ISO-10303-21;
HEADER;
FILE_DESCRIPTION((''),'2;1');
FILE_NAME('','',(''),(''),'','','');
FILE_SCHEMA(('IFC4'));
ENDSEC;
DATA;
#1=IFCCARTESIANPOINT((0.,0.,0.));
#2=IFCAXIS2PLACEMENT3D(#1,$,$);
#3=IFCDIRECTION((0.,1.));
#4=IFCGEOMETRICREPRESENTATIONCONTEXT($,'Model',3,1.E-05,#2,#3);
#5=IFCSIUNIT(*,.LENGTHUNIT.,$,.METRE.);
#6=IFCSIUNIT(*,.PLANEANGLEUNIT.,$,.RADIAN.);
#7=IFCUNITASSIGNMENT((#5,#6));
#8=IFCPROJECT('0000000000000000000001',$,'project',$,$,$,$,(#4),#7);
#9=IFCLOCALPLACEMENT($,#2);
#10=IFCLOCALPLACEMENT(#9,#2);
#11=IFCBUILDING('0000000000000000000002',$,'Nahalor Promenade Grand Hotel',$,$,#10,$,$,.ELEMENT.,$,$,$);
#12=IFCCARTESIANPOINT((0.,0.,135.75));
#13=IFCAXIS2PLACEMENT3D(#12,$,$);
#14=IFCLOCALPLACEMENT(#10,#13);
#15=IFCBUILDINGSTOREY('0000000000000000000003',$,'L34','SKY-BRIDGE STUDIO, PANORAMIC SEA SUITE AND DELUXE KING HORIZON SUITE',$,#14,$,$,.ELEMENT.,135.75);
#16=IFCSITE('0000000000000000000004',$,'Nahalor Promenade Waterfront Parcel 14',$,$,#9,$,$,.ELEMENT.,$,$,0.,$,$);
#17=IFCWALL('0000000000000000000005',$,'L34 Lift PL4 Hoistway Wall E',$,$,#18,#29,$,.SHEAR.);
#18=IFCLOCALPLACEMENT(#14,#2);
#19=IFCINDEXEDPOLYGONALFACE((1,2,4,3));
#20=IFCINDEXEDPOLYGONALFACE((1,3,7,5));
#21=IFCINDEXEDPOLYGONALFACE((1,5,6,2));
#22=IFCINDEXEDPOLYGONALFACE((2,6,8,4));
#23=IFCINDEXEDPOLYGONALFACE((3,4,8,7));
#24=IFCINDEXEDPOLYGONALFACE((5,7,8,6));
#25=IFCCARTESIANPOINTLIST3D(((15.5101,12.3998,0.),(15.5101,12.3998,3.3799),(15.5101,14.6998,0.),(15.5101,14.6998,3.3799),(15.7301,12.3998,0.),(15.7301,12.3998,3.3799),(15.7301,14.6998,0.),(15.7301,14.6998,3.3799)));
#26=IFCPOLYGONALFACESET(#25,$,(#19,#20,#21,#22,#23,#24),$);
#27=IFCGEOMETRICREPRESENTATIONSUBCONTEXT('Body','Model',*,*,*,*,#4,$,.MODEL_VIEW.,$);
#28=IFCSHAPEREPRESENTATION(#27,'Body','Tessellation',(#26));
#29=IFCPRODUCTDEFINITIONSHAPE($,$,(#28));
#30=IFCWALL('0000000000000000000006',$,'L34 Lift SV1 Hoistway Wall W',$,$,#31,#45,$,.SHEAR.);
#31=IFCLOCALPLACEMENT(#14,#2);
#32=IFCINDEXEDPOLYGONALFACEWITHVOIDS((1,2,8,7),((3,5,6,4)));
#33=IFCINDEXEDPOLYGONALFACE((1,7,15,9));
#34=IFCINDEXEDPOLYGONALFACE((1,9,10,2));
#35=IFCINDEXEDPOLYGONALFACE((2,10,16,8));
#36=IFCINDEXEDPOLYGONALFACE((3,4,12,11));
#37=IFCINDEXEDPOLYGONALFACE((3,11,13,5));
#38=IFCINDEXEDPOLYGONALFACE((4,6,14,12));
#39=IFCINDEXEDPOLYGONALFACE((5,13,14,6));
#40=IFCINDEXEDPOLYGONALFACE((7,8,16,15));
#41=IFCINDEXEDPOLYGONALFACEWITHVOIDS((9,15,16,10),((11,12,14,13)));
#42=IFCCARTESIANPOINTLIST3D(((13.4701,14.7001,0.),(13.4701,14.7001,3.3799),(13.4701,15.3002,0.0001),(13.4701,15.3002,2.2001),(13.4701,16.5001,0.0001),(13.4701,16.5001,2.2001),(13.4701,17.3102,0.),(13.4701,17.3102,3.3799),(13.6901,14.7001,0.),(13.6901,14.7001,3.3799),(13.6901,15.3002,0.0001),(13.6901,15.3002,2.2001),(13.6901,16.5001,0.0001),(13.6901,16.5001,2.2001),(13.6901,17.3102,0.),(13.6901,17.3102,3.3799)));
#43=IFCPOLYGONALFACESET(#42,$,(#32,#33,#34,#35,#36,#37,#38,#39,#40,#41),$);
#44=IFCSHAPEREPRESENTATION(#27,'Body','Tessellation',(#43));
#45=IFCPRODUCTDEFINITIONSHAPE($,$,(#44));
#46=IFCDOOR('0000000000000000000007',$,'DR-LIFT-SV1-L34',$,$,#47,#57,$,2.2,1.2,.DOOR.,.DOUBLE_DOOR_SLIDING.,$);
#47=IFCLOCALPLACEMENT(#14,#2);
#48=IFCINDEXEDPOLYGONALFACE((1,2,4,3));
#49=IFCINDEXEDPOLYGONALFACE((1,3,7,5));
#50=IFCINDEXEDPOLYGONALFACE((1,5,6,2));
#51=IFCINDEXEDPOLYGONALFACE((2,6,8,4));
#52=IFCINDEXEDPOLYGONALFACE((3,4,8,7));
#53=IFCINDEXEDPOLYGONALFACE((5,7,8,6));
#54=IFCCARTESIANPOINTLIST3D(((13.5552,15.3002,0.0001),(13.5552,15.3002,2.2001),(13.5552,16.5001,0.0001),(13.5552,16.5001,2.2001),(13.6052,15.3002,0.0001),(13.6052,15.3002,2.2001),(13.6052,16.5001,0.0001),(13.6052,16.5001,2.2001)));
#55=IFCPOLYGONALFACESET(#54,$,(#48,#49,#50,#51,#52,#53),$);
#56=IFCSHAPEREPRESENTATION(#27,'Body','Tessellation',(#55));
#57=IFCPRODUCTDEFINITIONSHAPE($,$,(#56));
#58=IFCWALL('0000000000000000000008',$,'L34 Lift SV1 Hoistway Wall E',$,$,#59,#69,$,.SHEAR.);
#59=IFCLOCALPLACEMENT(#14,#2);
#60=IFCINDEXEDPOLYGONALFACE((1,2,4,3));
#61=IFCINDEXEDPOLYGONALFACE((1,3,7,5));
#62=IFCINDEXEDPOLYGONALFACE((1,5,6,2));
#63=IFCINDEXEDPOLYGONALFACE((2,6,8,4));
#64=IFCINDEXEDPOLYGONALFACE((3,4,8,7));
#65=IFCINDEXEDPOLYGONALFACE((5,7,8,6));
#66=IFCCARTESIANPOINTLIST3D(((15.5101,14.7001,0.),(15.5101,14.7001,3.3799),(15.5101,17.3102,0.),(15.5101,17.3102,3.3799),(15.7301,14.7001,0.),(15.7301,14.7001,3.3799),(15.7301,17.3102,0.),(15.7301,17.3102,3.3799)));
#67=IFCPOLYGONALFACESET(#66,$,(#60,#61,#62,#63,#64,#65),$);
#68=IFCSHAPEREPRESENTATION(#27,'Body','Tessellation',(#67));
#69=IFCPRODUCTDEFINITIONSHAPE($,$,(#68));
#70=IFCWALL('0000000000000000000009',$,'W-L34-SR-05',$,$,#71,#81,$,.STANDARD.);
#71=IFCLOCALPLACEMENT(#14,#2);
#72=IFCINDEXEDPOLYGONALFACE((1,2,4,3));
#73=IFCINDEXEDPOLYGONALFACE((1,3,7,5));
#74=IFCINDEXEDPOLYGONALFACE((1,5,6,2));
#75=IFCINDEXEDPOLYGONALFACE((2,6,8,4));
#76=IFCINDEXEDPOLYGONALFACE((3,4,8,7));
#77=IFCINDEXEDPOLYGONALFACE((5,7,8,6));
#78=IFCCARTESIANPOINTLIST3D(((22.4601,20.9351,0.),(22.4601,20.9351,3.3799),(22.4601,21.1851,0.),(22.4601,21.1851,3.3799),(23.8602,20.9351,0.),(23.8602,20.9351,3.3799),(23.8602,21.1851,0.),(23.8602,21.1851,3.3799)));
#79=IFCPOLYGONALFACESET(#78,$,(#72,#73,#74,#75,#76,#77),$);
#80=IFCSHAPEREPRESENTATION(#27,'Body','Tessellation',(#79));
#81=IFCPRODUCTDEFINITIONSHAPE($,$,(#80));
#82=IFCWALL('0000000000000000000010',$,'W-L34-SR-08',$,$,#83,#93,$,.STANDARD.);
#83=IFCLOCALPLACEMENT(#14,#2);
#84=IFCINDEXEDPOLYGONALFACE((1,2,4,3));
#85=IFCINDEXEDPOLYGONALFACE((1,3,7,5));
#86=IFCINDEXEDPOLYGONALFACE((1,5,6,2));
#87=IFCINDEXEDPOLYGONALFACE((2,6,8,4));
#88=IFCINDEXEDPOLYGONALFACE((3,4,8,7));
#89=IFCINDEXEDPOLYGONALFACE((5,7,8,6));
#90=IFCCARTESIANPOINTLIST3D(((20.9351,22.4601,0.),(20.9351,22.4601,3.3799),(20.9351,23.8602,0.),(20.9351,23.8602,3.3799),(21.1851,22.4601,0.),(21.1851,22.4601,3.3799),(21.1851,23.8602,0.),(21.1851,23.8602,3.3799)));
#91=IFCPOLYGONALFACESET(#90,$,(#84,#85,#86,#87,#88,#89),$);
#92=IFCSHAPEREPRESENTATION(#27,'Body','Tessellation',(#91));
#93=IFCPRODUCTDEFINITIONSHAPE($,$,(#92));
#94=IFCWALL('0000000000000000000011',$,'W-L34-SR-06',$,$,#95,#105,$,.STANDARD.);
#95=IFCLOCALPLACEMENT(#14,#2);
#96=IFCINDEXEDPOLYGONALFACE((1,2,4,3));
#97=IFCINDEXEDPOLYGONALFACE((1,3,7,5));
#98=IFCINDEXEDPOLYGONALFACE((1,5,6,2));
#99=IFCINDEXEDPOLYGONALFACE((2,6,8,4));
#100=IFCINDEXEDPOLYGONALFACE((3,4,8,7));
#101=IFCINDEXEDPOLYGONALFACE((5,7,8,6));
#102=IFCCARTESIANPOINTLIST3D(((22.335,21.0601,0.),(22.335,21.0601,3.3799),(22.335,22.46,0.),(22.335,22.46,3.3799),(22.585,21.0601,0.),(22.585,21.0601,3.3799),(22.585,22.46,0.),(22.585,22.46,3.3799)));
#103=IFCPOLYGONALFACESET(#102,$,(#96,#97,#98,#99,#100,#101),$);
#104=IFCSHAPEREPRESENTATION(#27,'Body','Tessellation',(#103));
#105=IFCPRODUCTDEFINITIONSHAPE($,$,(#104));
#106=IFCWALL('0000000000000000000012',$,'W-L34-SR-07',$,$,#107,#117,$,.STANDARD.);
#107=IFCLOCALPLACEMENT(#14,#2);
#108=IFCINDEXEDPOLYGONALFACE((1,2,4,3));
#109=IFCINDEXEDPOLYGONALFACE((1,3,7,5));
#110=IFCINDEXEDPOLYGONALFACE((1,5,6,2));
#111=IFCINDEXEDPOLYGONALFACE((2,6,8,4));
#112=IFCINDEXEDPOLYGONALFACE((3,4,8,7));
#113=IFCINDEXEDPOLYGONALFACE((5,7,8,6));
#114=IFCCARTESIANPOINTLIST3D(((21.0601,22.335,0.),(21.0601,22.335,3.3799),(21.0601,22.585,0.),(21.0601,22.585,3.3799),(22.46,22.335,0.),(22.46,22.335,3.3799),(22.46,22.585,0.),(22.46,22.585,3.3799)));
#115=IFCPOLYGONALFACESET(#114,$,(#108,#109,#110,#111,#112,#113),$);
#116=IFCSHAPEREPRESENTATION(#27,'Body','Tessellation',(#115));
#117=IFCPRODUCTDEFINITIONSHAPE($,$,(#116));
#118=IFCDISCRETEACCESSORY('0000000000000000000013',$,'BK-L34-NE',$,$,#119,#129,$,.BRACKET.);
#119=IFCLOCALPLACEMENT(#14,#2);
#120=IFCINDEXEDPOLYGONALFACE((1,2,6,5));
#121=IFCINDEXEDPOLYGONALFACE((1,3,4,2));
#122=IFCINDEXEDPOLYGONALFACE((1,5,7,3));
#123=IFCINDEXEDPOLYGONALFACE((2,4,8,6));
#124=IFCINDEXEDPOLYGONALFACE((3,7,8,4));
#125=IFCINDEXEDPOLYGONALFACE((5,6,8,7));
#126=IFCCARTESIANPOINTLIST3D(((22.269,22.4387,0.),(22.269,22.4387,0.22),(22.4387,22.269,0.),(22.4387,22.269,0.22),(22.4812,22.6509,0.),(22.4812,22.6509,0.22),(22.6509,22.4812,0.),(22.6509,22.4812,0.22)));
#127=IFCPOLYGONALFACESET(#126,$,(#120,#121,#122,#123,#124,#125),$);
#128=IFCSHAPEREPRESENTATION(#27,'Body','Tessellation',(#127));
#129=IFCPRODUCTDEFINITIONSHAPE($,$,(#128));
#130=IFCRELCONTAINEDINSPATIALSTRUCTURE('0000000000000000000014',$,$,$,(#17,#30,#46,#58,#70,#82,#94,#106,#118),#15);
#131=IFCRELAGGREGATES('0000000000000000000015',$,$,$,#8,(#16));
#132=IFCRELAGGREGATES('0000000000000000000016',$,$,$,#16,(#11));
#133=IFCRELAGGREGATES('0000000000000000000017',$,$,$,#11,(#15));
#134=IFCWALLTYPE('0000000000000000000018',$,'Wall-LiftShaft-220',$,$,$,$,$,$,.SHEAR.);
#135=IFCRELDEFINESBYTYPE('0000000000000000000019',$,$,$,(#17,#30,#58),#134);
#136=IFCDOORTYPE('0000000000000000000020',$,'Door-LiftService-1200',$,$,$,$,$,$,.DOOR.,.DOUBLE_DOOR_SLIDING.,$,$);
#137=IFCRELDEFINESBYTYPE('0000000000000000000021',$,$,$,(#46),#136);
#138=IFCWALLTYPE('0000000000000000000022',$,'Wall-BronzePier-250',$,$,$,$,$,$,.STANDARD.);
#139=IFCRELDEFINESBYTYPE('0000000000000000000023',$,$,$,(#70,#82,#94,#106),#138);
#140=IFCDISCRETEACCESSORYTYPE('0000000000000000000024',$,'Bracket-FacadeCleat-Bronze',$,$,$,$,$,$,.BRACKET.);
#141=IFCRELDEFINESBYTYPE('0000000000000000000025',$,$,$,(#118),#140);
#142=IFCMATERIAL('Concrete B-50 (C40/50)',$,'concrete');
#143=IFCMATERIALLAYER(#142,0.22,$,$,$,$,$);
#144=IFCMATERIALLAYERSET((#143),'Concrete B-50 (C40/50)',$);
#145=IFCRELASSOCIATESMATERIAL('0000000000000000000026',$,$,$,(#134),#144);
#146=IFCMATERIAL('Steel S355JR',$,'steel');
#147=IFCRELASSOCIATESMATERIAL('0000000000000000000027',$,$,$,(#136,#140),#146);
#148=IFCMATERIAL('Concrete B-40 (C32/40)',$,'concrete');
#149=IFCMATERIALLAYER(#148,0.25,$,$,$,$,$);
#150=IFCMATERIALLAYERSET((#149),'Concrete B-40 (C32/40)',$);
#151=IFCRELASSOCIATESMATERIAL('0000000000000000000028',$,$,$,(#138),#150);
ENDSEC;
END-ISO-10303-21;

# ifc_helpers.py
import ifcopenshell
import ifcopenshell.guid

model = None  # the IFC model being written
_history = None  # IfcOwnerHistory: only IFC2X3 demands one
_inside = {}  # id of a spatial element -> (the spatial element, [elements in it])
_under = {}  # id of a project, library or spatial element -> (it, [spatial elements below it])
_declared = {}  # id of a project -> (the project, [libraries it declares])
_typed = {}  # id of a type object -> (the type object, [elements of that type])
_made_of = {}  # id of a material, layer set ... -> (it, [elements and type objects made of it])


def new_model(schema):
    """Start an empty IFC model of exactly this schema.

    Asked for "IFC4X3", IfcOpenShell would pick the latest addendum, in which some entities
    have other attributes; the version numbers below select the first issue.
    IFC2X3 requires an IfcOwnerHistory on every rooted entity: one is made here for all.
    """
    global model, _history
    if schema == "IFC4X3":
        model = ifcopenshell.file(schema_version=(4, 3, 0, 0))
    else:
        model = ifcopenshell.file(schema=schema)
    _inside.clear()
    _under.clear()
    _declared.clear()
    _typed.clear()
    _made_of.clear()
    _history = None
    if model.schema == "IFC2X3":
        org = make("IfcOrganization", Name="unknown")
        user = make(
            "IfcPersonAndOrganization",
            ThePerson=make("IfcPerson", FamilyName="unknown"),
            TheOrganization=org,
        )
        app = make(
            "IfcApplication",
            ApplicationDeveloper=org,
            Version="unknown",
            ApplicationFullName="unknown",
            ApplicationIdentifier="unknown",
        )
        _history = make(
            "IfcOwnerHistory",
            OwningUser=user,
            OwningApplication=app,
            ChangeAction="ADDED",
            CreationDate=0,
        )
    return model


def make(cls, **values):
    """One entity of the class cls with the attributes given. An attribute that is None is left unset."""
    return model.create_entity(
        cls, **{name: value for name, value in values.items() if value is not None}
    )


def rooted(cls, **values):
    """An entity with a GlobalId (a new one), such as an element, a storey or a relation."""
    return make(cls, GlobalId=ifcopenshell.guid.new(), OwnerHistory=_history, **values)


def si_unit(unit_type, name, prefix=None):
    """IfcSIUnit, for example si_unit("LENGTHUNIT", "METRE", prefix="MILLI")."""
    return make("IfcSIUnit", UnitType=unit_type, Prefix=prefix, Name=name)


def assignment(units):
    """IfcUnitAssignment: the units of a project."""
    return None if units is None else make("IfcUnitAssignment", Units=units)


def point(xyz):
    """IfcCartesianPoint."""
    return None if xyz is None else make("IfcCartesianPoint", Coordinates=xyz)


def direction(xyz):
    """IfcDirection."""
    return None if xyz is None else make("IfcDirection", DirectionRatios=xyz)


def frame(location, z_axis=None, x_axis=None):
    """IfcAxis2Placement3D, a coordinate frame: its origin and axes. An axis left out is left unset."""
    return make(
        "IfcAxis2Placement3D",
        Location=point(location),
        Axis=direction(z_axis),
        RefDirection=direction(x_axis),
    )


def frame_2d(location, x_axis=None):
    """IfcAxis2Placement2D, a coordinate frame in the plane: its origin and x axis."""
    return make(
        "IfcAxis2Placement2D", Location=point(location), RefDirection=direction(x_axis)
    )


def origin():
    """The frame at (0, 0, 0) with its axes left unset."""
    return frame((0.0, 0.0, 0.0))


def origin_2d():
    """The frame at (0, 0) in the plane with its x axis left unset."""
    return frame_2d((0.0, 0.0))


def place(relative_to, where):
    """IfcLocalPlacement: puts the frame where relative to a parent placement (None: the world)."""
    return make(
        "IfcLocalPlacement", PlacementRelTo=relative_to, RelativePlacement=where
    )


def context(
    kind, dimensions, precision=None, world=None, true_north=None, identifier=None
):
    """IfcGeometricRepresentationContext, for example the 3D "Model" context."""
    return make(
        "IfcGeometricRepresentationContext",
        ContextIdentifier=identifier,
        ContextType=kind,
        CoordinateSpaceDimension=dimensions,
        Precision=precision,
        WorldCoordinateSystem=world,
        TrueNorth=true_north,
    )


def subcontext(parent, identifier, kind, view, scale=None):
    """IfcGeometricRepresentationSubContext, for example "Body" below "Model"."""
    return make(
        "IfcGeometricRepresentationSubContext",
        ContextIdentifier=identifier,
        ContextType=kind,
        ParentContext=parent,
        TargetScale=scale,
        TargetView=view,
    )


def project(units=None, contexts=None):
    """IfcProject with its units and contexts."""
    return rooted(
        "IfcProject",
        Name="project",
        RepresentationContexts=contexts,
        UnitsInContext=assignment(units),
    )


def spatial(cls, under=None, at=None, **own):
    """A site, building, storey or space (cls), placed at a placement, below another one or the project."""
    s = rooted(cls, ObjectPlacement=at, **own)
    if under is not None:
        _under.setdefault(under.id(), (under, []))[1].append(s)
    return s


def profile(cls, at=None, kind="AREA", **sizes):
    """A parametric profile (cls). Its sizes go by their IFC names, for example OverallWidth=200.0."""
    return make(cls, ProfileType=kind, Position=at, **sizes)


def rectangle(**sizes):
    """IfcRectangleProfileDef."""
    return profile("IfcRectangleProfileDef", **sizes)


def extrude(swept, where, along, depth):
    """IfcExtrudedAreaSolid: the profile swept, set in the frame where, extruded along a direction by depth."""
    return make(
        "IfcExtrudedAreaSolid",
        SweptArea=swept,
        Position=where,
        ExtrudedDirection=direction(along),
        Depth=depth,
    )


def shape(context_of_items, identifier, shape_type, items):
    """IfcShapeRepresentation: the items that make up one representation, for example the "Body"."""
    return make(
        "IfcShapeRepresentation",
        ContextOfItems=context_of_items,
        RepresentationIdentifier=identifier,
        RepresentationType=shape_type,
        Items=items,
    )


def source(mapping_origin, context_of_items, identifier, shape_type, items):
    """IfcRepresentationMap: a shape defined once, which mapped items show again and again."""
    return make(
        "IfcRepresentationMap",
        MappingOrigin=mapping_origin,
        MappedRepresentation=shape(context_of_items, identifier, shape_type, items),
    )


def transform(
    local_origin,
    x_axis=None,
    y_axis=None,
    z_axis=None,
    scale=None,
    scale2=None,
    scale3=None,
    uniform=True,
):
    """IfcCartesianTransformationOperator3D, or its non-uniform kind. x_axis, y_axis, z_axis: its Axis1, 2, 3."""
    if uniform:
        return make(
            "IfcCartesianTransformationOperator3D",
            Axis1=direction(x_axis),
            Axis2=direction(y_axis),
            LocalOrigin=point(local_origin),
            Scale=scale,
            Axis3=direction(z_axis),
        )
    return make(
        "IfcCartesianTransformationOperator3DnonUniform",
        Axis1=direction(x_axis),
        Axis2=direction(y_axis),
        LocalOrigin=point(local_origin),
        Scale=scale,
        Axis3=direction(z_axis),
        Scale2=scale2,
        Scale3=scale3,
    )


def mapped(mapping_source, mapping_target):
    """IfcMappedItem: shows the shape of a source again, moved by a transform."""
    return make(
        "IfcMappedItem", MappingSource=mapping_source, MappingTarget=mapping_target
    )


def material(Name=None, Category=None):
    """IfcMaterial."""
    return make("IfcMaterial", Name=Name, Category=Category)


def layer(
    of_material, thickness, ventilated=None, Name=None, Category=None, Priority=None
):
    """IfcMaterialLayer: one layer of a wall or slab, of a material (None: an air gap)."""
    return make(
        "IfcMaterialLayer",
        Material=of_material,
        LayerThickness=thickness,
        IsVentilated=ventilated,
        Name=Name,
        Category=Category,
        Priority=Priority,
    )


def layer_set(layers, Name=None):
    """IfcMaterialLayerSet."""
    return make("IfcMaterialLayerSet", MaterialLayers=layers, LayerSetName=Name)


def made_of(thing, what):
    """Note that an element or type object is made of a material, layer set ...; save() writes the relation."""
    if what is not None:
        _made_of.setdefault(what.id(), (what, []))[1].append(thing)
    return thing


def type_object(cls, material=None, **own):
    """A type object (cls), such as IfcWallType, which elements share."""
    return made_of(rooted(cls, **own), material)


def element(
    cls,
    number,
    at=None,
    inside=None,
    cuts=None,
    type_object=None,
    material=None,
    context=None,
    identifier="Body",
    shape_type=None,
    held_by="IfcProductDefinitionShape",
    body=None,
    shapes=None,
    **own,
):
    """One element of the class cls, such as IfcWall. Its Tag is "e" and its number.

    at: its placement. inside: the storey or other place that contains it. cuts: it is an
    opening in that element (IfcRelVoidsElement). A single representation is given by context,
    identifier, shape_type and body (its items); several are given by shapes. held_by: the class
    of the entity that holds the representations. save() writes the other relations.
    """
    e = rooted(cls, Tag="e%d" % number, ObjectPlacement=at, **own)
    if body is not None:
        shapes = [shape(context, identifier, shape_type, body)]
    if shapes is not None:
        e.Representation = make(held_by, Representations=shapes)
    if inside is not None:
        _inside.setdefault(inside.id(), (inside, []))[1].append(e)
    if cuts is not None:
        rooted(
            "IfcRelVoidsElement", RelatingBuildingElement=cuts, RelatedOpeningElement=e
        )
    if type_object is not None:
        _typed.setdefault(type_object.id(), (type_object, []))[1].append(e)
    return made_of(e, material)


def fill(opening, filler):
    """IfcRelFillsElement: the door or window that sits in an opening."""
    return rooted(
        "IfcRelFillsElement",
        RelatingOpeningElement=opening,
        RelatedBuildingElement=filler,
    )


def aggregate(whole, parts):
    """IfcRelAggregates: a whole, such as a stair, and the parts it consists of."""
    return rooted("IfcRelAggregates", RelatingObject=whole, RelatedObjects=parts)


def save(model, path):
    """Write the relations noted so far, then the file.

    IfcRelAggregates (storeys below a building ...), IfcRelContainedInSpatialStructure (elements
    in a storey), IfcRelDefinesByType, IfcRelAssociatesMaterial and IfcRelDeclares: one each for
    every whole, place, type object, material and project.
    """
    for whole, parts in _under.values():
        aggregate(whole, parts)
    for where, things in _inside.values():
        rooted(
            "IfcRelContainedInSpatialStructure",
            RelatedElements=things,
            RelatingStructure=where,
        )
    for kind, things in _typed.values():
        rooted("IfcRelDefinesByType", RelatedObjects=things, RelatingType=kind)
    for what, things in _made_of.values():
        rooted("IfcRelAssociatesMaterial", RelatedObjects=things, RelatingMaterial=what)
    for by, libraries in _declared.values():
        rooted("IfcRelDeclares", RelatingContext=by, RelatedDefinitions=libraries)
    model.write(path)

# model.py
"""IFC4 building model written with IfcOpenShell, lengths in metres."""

from ifc_helpers import new_model, si_unit, direction, frame, frame_2d, origin, origin_2d, place, context, subcontext, project, spatial, rectangle, extrude, source, transform, mapped, material, layer, layer_set, type_object, element, fill, save


model = new_model("IFC4")

# Units and contexts
model_context = context("Model", 3, precision=1e-05, world=origin(), true_north=direction((0.0, 1.0)))
body_context = subcontext(model_context, "Body", "Model", "MODEL_VIEW")
ifc_project = project(units=[si_unit("LENGTHUNIT", "METRE"), si_unit("PLANEANGLEUNIT", "RADIAN")], contexts=[model_context])

# Site, building, storey
site_placement = place(None, origin())
site = spatial("IfcSite", under=ifc_project, at=site_placement, Name="Nahalor Promenade Waterfront Parcel 14", CompositionType="ELEMENT", RefElevation=0.0)
building_placement = place(site_placement, origin())
building = spatial("IfcBuilding", under=site, at=building_placement, Name="Nahalor Promenade Grand Hotel", CompositionType="ELEMENT")
storey_placement = place(building_placement, frame((0.0, 0.0, 135.75)))
storey = spatial("IfcBuildingStorey", under=building, at=storey_placement, Name="L34", Description="SKY-BRIDGE STUDIO, PANORAMIC SEA SUITE AND DELUXE KING HORIZON SUITE", CompositionType="ELEMENT", Elevation=135.75)

# Shared definitions
ifc_material_1 = material(Name="Steel S355JR", Category="steel")

# Shared definitions
ifc_material_2 = material(Name="Concrete B-50 (C40/50)", Category="concrete")
ifc_layer_1 = layer(ifc_material_2, 0.22)
ifc_layer_set_1 = layer_set([ifc_layer_1], Name="Concrete B-50 (C40/50)")
wall_type_1 = type_object("IfcWallType", Name="Wall-LiftShaft-220", PredefinedType="SHEAR", material=ifc_layer_set_1)

# Shared definitions
shared_shape_1 = source(origin(), body_context, "Body", "SweptSolid", [
    extrude(rectangle(XDim=2.3, YDim=0.22, at=frame_2d((1.1499, 0.0))), origin(), (0.0, 0.0, 1.0), 3.3799),
])

# Wall
wall_1_placement = place(storey_placement, frame((15.6201, 12.3999, 0.0), z_axis=(0.0, 0.0, 1.0), x_axis=(0.0, 1.0, 0.0)))
element("IfcWall", 1, at=wall_1_placement, inside=storey, type_object=wall_type_1, Name="L34 Lift PL4 Hoistway Wall E", PredefinedType="SHEAR", context=body_context, shape_type="MappedRepresentation", body=[
    mapped(shared_shape_1, transform((0.0, 0.0, 0.0), scale=1.0)),
])

# Wall, opening, door
shared_shape_2 = source(origin(), body_context, "Body", "SweptSolid", [
    extrude(rectangle(XDim=2.6101, YDim=0.22, at=frame_2d((1.3052, 0.0))), origin(), (0.0, 0.0, 1.0), 3.3799),
])
wall_2_placement = place(storey_placement, frame((13.5801, 14.7, 0.0), z_axis=(0.0, 0.0, 1.0), x_axis=(0.0, 1.0, 0.0)))
wall_2 = element("IfcWall", 2, at=wall_2_placement, inside=storey, type_object=wall_type_1, Name="L34 Lift SV1 Hoistway Wall W", PredefinedType="SHEAR", context=body_context, shape_type="MappedRepresentation", body=[
    mapped(shared_shape_2, transform((0.0, 0.0, 0.0), scale=1.0)),
])
opening_1_placement = place(wall_2_placement, frame((0.6001, 0.0, 0.0)))
opening_1 = element("IfcOpeningElement", 3, at=opening_1_placement, cuts=wall_2, PredefinedType="OPENING", context=body_context, shape_type="SweptSolid", body=[
    extrude(rectangle(XDim=1.2, YDim=2.2, at=frame_2d((0.6001, 1.1001))), frame((0.0, 0.1199, 0.0), z_axis=(0.0, -1.0, 0.0), x_axis=(1.0, 0.0, 0.0)), (0.0, 0.0, 1.0), 0.24),
])
door_type_1 = type_object("IfcDoorType", Name="Door-LiftService-1200", OperationType="DOUBLE_DOOR_SLIDING", PredefinedType="DOOR", material=ifc_material_1)
shared_shape_3 = source(origin(), body_context, "Body", "SweptSolid", [
    extrude(rectangle(XDim=1.2, YDim=2.2, at=frame_2d((0.6001, 1.1001))), frame((0.0, 0.0249, 0.0), z_axis=(0.0, -1.0, 0.0), x_axis=(1.0, 0.0, 0.0)), (0.0, 0.0, 1.0), 0.05),
])
door_1_placement = place(opening_1_placement, origin())
door_1 = element("IfcDoor", 4, at=door_1_placement, inside=storey, type_object=door_type_1, Name="DR-LIFT-SV1-L34", OperationType="DOUBLE_DOOR_SLIDING", OverallHeight=2.2, OverallWidth=1.2, PredefinedType="DOOR", context=body_context, shape_type="MappedRepresentation", body=[
    mapped(shared_shape_3, transform((0.0, 0.0, 0.0), scale=1.0)),
])
fill(opening_1, door_1)

# Walls
wall_3_placement = place(storey_placement, frame((15.6201, 14.7, 0.0), z_axis=(0.0, 0.0, 1.0), x_axis=(0.0, 1.0, 0.0)))
element("IfcWall", 5, at=wall_3_placement, inside=storey, type_object=wall_type_1, Name="L34 Lift SV1 Hoistway Wall E", PredefinedType="SHEAR", context=body_context, shape_type="MappedRepresentation", body=[
    mapped(shared_shape_2, transform((0.0, 0.0, 0.0), scale=1.0)),
])
ifc_material_3 = material(Name="Concrete B-40 (C32/40)", Category="concrete")
ifc_layer_2 = layer(ifc_material_3, 0.25)
ifc_layer_set_2 = layer_set([ifc_layer_2], Name="Concrete B-40 (C32/40)")
wall_type_2 = type_object("IfcWallType", Name="Wall-BronzePier-250", PredefinedType="STANDARD", material=ifc_layer_set_2)
shared_shape_4 = source(origin(), body_context, "Body", "SweptSolid", [
    extrude(rectangle(XDim=1.4001, YDim=0.25, at=frame_2d((0.7002, 0.0))), origin(), (0.0, 0.0, 1.0), 3.3799),
])
for number, where, z_axis, x_axis, name in (
    (6, (22.46, 21.0601, 0.0), (0.0, 0.0, 1.0), (1.0, 0.0, 0.0), "W-L34-SR-05"),
    (7, (21.0601, 22.46, 0.0), (0.0, 0.0, 1.0), (0.0, 1.0, 0.0), "W-L34-SR-08"),
):
    element("IfcWall", number, at=place(storey_placement, frame(where, z_axis=z_axis, x_axis=x_axis)), inside=storey, type_object=wall_type_2, Name=name, PredefinedType="STANDARD", context=body_context, shape_type="MappedRepresentation", body=[
        mapped(shared_shape_4, transform((0.0, 0.0, 0.0), scale=1.0)),
    ])
shared_shape_5 = source(origin(), body_context, "Body", "SweptSolid", [
    extrude(rectangle(XDim=1.3999, YDim=0.25, at=frame_2d((0.7, 0.0))), origin(), (0.0, 0.0, 1.0), 3.3799),
])
for number, where, z_axis, x_axis, name in (
    (8, (22.46, 21.0601, 0.0), (0.0, 0.0, 1.0), (0.0, 1.0, 0.0), "W-L34-SR-06"),
    (9, (21.0601, 22.46, 0.0), (0.0, 0.0, 1.0), (1.0, 0.0, 0.0), "W-L34-SR-07"),
):
    element("IfcWall", number, at=place(storey_placement, frame(where, z_axis=z_axis, x_axis=x_axis)), inside=storey, type_object=wall_type_2, Name=name, PredefinedType="STANDARD", context=body_context, shape_type="MappedRepresentation", body=[
        mapped(shared_shape_5, transform((0.0, 0.0, 0.0), scale=1.0)),
    ])

# Discrete accessory
discrete_accessory_type = type_object("IfcDiscreteAccessoryType", Name="Bracket-FacadeCleat-Bronze", PredefinedType="BRACKET", material=ifc_material_1)
shared_shape_6 = source(origin(), body_context, "Body", "SweptSolid", [
    extrude(rectangle(XDim=0.3, YDim=0.24, at=origin_2d()), origin(), (0.0, 0.0, 1.0), 0.22),
])
discrete_accessory_placement = place(storey_placement, frame((22.46, 22.46, 0.0), z_axis=(0.0, 0.0, 1.0), x_axis=(0.707107, 0.707107, 0.0)))
element("IfcDiscreteAccessory", 10, at=discrete_accessory_placement, inside=storey, type_object=discrete_accessory_type, Name="BK-L34-NE", PredefinedType="BRACKET", context=body_context, shape_type="MappedRepresentation", body=[
    mapped(shared_shape_6, transform((0.0, 0.0, 0.0), scale=1.0)),
])

save(model, "model.ifc")
